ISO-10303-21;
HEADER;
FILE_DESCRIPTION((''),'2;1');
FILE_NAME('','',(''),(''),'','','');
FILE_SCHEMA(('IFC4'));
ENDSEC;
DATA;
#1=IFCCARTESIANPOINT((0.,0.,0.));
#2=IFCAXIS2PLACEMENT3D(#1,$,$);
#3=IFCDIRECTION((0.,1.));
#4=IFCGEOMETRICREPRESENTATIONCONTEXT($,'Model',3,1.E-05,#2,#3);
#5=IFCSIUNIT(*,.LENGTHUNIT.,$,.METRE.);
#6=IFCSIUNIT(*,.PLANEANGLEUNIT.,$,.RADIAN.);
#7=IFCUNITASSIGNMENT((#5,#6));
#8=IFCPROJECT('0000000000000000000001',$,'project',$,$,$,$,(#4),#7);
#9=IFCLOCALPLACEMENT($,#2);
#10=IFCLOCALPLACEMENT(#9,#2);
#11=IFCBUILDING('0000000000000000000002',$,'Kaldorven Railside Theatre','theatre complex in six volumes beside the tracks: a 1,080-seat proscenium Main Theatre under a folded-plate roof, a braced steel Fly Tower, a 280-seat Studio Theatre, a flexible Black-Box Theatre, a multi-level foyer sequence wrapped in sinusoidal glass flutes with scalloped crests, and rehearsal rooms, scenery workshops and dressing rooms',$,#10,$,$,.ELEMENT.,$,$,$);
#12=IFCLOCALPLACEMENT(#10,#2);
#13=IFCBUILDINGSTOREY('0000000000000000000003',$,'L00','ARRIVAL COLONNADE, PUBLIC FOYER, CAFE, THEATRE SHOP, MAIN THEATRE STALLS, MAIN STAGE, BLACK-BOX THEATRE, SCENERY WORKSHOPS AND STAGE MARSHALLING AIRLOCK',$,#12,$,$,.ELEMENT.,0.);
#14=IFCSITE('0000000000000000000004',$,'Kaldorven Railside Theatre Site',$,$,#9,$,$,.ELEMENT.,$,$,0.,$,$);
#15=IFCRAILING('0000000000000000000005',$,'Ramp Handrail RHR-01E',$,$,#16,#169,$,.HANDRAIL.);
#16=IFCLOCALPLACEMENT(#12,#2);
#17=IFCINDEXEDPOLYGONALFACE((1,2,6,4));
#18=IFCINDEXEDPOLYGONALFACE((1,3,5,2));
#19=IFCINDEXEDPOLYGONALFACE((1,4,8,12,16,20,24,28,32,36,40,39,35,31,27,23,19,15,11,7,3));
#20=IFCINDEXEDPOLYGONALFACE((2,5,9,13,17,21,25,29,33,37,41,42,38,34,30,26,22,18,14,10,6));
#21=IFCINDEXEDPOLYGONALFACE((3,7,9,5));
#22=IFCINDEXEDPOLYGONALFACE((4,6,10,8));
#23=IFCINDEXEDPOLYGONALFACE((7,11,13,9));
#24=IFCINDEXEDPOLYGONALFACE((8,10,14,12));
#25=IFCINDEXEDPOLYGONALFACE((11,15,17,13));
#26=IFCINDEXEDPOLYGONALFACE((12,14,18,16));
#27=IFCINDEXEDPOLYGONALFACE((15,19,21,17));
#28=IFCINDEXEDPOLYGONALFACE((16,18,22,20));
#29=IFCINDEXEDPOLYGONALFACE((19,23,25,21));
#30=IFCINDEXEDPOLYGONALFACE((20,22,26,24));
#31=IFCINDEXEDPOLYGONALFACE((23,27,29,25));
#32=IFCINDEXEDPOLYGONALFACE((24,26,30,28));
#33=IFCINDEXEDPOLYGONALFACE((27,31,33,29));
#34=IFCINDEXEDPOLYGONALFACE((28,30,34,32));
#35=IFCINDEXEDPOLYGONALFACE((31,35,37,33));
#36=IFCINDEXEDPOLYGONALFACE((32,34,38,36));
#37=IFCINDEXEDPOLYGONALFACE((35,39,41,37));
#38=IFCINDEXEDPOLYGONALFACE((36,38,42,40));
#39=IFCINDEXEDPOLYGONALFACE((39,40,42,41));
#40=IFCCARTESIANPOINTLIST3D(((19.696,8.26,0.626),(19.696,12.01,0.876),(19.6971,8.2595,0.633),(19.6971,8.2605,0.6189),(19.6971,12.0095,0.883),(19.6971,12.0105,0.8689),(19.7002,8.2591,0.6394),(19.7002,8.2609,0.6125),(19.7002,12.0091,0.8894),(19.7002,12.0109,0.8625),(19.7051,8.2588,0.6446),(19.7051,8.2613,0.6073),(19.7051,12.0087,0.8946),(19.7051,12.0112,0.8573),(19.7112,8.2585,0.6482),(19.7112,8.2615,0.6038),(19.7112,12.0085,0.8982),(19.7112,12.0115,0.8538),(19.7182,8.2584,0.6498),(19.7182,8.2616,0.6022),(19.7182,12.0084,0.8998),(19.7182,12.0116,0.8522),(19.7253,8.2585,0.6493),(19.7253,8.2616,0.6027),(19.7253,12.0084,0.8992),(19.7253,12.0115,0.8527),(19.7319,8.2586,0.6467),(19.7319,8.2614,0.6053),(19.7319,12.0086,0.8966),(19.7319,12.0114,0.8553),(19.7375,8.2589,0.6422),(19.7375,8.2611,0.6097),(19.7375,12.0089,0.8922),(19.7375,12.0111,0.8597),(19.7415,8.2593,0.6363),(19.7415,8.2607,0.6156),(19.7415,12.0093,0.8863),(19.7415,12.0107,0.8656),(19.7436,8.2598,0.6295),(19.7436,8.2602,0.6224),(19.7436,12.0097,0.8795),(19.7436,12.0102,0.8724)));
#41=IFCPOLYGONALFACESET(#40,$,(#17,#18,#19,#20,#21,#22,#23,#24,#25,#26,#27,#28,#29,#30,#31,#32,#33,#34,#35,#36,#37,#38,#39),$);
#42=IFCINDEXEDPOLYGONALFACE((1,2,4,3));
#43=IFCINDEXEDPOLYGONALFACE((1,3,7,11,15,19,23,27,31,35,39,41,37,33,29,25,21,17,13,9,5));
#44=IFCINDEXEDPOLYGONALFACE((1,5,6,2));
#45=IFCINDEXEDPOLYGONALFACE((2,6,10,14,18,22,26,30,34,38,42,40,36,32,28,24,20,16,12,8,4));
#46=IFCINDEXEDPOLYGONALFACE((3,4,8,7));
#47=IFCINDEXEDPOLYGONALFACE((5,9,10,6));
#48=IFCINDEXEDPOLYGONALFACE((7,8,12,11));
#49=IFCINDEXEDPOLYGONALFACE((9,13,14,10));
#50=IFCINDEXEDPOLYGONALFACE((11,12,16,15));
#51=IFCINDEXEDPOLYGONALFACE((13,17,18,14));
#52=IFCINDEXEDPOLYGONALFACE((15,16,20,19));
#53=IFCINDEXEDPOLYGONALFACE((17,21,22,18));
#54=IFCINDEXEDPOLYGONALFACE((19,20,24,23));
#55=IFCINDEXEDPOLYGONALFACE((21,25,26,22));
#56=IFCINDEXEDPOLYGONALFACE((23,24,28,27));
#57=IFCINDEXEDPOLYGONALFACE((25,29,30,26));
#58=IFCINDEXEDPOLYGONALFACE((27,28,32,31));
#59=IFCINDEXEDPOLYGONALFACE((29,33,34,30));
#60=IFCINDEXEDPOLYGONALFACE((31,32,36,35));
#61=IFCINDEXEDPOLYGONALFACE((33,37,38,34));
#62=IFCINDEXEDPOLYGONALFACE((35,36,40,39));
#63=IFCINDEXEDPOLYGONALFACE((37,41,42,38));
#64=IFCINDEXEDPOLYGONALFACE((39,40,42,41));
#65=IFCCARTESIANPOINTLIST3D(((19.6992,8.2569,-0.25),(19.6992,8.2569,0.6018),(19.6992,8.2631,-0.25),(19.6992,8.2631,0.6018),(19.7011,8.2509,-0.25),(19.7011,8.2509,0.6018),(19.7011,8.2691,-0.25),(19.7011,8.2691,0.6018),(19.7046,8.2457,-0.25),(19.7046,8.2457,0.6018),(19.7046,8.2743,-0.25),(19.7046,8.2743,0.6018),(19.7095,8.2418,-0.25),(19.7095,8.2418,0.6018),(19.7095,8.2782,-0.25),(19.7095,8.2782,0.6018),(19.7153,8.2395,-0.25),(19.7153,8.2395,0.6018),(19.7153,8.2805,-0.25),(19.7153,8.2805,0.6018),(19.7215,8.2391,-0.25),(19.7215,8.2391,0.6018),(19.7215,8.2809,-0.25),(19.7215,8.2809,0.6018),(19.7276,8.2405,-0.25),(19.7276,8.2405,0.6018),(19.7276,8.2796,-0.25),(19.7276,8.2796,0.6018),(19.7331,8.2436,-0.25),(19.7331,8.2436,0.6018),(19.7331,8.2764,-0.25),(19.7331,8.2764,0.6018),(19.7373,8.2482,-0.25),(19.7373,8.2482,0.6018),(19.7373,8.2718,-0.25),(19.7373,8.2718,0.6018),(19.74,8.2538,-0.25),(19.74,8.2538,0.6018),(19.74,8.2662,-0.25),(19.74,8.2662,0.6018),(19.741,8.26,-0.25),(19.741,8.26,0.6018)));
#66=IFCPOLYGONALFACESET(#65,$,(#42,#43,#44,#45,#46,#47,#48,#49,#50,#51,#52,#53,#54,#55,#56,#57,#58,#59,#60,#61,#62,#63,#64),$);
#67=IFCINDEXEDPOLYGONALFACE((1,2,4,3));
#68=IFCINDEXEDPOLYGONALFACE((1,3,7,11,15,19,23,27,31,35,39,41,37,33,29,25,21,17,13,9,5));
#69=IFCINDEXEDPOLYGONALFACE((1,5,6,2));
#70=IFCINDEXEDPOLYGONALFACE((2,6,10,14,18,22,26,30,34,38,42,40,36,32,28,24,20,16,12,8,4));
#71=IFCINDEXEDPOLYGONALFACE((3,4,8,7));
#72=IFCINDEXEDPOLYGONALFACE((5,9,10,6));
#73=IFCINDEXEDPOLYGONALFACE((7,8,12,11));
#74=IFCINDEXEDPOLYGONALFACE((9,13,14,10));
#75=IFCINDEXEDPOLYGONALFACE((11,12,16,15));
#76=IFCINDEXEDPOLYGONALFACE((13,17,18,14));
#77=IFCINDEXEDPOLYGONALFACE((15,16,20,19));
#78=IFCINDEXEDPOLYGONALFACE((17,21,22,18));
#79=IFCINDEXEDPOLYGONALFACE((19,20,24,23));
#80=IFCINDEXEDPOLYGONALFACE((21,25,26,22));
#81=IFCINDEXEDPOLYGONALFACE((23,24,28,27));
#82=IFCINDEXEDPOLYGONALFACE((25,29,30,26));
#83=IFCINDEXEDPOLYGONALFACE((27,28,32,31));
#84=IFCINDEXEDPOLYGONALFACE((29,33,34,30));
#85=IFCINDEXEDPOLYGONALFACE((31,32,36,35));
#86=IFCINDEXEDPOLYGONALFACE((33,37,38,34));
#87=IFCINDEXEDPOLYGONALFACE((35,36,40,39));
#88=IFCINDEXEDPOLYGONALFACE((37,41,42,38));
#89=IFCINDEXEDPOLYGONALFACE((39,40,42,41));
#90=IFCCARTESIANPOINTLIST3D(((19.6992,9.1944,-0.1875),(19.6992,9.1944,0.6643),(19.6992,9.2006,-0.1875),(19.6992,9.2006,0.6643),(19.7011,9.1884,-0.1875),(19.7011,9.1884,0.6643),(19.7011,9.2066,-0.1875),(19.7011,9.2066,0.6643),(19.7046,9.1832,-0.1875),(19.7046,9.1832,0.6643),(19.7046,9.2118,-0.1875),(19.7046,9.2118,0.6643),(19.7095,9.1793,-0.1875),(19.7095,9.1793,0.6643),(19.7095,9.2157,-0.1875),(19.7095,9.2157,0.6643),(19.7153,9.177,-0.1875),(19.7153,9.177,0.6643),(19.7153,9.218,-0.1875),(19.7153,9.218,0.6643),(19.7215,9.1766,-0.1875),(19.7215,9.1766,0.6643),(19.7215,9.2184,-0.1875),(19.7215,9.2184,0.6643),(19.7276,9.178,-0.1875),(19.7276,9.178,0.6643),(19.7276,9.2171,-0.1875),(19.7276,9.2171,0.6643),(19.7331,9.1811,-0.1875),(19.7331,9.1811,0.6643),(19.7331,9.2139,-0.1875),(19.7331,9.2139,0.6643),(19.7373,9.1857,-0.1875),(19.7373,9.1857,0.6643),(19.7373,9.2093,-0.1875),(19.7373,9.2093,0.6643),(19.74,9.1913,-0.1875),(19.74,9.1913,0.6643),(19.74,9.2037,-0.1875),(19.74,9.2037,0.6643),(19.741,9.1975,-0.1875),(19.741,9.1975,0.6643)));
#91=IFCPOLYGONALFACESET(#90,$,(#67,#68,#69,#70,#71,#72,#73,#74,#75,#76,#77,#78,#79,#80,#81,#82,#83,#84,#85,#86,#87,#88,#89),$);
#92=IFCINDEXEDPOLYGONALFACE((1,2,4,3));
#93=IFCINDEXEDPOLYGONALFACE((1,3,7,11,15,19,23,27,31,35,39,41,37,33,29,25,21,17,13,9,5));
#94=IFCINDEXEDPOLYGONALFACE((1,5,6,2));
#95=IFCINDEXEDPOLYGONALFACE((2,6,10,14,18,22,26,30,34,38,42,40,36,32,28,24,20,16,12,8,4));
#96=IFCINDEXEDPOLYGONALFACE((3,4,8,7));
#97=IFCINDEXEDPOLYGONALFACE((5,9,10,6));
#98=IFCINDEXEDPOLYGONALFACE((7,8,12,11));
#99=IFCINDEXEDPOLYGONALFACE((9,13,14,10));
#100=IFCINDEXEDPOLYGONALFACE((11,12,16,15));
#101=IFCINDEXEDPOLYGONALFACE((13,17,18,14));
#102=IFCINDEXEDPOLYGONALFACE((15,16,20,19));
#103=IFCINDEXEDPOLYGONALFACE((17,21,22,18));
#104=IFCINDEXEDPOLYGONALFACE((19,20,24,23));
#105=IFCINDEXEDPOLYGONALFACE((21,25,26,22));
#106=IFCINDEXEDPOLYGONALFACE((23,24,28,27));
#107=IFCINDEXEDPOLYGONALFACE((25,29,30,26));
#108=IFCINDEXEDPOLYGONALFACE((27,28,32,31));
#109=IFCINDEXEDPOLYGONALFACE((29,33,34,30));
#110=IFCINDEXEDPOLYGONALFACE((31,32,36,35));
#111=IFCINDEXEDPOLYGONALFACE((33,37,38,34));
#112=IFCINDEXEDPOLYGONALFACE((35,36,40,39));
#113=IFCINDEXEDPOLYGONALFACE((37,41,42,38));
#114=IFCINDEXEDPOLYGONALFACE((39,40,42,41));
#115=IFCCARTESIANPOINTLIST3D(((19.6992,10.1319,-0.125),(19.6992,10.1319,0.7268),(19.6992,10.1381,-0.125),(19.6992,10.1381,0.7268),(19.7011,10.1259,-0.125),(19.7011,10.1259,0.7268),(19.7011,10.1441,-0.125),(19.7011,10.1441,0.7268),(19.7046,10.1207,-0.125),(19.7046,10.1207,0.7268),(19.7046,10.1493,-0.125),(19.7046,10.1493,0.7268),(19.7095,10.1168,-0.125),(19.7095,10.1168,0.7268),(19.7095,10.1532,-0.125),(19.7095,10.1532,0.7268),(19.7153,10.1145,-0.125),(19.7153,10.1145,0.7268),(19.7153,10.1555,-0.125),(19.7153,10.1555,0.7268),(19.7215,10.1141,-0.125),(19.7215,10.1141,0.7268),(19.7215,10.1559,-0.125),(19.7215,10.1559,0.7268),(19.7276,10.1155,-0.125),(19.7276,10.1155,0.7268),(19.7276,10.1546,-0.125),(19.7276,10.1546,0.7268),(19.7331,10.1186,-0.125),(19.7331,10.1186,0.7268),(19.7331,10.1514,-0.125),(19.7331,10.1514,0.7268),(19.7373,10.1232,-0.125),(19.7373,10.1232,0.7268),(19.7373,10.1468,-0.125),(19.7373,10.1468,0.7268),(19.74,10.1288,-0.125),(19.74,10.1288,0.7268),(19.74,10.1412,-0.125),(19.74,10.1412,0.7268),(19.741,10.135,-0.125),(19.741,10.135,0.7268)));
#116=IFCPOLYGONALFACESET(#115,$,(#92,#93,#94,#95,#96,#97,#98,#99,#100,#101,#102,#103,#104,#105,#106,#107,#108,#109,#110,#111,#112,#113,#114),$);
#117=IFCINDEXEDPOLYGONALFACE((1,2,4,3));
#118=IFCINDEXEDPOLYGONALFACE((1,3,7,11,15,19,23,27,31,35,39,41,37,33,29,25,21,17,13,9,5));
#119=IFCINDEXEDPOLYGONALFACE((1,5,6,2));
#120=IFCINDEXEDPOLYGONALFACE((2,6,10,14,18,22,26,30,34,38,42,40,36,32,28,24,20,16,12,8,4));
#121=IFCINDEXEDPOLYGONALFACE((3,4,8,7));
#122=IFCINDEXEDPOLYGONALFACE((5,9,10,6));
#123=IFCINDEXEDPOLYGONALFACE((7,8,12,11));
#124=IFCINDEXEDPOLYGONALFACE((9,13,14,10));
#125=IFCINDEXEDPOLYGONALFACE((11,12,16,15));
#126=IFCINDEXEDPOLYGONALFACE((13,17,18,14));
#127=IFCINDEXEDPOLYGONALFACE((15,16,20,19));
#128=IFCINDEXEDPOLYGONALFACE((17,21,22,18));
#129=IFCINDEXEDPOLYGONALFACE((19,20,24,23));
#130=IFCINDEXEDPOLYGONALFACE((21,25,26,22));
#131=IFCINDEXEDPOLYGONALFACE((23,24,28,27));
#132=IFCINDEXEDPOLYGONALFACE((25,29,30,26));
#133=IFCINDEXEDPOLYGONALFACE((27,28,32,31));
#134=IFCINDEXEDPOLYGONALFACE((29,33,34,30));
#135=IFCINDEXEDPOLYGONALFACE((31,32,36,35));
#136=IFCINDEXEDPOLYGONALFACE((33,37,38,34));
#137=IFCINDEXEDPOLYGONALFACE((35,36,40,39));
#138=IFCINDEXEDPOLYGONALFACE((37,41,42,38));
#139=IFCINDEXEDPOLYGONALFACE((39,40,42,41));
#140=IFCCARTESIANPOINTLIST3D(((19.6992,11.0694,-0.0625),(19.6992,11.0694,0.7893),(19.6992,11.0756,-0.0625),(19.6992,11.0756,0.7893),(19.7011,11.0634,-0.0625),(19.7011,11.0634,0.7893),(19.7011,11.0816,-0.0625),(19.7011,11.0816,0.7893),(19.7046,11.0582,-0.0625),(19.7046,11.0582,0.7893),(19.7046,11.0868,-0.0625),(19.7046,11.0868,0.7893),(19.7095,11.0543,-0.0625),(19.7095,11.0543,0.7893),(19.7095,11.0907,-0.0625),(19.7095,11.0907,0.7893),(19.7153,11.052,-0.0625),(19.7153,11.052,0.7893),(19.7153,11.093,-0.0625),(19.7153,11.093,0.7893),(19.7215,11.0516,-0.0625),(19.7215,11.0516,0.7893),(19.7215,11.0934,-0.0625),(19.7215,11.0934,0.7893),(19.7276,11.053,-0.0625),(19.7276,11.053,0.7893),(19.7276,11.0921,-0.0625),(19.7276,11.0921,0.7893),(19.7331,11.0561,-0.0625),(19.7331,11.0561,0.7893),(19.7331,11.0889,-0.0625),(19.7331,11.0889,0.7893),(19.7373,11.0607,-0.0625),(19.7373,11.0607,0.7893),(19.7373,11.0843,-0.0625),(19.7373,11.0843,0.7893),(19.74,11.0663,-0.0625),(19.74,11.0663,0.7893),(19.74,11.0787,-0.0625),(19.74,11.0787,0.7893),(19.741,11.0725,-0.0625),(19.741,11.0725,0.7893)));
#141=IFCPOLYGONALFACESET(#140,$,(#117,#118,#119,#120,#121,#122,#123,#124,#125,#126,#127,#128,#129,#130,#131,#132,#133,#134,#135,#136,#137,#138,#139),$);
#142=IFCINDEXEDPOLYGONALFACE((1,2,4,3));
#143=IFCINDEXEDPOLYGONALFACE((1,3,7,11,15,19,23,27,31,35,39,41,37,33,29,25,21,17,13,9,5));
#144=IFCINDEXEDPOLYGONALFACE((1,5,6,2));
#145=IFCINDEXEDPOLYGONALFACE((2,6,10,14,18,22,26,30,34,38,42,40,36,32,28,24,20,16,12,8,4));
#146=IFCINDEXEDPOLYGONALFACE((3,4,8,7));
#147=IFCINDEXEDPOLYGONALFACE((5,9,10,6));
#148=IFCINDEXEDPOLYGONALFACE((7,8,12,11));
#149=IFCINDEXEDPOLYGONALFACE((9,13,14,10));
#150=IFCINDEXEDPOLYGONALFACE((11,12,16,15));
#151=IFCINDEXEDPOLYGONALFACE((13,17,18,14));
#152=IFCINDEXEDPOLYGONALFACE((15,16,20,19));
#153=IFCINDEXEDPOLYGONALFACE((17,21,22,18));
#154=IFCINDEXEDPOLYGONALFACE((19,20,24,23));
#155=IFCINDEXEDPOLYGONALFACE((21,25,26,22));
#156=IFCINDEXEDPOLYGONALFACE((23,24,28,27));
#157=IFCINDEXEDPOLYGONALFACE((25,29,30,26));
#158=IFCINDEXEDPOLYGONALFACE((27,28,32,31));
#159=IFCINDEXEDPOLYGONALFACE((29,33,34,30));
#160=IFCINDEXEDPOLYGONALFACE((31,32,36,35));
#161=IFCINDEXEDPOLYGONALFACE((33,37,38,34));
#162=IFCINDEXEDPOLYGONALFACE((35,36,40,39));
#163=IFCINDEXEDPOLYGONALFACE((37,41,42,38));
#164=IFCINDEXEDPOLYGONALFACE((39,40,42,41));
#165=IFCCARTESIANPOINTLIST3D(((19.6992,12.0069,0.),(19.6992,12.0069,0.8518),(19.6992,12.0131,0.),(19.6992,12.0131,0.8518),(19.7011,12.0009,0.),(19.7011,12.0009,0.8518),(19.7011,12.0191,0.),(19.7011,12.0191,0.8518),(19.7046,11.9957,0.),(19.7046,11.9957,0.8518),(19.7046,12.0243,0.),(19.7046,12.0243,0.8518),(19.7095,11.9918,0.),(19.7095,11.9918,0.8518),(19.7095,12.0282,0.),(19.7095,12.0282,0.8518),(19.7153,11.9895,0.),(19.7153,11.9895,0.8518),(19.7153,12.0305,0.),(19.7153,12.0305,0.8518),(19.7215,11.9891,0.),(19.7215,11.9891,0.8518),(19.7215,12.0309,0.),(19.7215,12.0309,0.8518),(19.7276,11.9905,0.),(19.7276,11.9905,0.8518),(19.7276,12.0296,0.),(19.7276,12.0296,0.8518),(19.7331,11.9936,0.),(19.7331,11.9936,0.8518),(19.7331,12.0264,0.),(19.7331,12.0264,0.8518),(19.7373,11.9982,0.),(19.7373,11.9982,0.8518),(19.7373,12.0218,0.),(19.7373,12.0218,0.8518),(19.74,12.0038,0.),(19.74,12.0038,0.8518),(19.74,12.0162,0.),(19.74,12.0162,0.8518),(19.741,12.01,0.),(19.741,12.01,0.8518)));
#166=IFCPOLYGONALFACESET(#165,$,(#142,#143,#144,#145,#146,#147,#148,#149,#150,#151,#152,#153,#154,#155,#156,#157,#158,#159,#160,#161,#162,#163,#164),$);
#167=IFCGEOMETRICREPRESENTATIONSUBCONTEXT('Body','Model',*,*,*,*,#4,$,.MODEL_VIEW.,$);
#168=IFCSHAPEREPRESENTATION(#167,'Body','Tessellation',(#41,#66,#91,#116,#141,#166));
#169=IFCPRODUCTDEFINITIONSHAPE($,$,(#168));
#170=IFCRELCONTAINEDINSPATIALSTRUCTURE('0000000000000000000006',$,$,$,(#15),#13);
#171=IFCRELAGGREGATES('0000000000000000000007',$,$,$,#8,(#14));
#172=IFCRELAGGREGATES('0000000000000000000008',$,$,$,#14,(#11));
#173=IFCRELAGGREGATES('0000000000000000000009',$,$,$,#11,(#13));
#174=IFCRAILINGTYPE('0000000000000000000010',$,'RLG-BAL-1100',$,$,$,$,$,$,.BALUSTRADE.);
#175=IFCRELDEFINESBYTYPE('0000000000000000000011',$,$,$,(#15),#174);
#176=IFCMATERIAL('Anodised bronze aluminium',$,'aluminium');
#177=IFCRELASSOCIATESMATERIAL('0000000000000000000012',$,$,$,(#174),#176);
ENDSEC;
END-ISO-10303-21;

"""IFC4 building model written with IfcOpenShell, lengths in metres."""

from ifc_helpers import new_model, si_unit, direction, frame, origin, origin_2d, place, context, subcontext, project, spatial, circle, extrude, material, type_object, element, save


model = new_model("IFC4")

# Units and contexts
model_context = context("Model", 3, precision=1e-05, world=origin(), true_north=direction((0.0, 1.0)))
body_context = subcontext(model_context, "Body", "Model", "MODEL_VIEW")
ifc_project = project(units=[si_unit("LENGTHUNIT", "METRE"), si_unit("PLANEANGLEUNIT", "RADIAN")], contexts=[model_context])

# Site, building, storey
site_placement = place(None, origin())
site = spatial("IfcSite", under=ifc_project, at=site_placement, Name="Kaldorven Railside Theatre Site", CompositionType="ELEMENT", RefElevation=0.0)
building_placement = place(site_placement, origin())
building = spatial("IfcBuilding", under=site, at=building_placement, Name="Kaldorven Railside Theatre", Description="theatre complex in six volumes beside the tracks: a 1,080-seat proscenium Main Theatre under a folded-plate roof, a braced steel Fly Tower, a 280-seat Studio Theatre, a flexible Black-Box Theatre, a multi-level foyer sequence wrapped in sinusoidal glass flutes with scalloped crests, and rehearsal rooms, scenery workshops and dressing rooms", CompositionType="ELEMENT")
storey_placement = place(building_placement, origin())
storey = spatial("IfcBuildingStorey", under=building, at=storey_placement, Name="L00", Description="ARRIVAL COLONNADE, PUBLIC FOYER, CAFE, THEATRE SHOP, MAIN THEATRE STALLS, MAIN STAGE, BLACK-BOX THEATRE, SCENERY WORKSHOPS AND STAGE MARSHALLING AIRLOCK", CompositionType="ELEMENT", Elevation=0.0)

# Shared definitions
ifc_material_1 = material(Name="Anodised bronze aluminium", Category="aluminium")

# Railing
railing_type_1 = type_object("IfcRailingType", Name="RLG-BAL-1100", PredefinedType="BALUSTRADE", material=ifc_material_1)
for number, where, name in (
    (1, (19.72, 8.26, -0.25), "Ramp Handrail RHR-01E"),
):
    element("IfcRailing", number, at=place(storey_placement, frame(where)), inside=storey, type_object=railing_type_1, Name=name, PredefinedType="HANDRAIL", context=body_context, shape_type="SweptSolid", body=[
        extrude(circle(Radius=0.0239, at=origin_2d()), frame((0.0, 0.0, 0.876), z_axis=(0.0, 0.997785, 0.066519), x_axis=(-1.0, 0.0, 0.0)), (0.0, 0.0, 1.0), 3.7583),
        extrude(circle(Radius=0.021, at=origin_2d()), origin(), (0.0, 0.0, 1.0), 0.8518),
        extrude(circle(Radius=0.021, at=origin_2d()), frame((0.0, 0.9375, 0.0625)), (0.0, 0.0, 1.0), 0.8518),
        extrude(circle(Radius=0.021, at=origin_2d()), frame((0.0, 1.875, 0.125)), (0.0, 0.0, 1.0), 0.8518),
        extrude(circle(Radius=0.021, at=origin_2d()), frame((0.0, 2.8125, 0.1875)), (0.0, 0.0, 1.0), 0.8518),
        extrude(circle(Radius=0.021, at=origin_2d()), frame((0.0, 3.75, 0.25)), (0.0, 0.0, 1.0), 0.8518),
    ])

save(model, "model.ifc")
